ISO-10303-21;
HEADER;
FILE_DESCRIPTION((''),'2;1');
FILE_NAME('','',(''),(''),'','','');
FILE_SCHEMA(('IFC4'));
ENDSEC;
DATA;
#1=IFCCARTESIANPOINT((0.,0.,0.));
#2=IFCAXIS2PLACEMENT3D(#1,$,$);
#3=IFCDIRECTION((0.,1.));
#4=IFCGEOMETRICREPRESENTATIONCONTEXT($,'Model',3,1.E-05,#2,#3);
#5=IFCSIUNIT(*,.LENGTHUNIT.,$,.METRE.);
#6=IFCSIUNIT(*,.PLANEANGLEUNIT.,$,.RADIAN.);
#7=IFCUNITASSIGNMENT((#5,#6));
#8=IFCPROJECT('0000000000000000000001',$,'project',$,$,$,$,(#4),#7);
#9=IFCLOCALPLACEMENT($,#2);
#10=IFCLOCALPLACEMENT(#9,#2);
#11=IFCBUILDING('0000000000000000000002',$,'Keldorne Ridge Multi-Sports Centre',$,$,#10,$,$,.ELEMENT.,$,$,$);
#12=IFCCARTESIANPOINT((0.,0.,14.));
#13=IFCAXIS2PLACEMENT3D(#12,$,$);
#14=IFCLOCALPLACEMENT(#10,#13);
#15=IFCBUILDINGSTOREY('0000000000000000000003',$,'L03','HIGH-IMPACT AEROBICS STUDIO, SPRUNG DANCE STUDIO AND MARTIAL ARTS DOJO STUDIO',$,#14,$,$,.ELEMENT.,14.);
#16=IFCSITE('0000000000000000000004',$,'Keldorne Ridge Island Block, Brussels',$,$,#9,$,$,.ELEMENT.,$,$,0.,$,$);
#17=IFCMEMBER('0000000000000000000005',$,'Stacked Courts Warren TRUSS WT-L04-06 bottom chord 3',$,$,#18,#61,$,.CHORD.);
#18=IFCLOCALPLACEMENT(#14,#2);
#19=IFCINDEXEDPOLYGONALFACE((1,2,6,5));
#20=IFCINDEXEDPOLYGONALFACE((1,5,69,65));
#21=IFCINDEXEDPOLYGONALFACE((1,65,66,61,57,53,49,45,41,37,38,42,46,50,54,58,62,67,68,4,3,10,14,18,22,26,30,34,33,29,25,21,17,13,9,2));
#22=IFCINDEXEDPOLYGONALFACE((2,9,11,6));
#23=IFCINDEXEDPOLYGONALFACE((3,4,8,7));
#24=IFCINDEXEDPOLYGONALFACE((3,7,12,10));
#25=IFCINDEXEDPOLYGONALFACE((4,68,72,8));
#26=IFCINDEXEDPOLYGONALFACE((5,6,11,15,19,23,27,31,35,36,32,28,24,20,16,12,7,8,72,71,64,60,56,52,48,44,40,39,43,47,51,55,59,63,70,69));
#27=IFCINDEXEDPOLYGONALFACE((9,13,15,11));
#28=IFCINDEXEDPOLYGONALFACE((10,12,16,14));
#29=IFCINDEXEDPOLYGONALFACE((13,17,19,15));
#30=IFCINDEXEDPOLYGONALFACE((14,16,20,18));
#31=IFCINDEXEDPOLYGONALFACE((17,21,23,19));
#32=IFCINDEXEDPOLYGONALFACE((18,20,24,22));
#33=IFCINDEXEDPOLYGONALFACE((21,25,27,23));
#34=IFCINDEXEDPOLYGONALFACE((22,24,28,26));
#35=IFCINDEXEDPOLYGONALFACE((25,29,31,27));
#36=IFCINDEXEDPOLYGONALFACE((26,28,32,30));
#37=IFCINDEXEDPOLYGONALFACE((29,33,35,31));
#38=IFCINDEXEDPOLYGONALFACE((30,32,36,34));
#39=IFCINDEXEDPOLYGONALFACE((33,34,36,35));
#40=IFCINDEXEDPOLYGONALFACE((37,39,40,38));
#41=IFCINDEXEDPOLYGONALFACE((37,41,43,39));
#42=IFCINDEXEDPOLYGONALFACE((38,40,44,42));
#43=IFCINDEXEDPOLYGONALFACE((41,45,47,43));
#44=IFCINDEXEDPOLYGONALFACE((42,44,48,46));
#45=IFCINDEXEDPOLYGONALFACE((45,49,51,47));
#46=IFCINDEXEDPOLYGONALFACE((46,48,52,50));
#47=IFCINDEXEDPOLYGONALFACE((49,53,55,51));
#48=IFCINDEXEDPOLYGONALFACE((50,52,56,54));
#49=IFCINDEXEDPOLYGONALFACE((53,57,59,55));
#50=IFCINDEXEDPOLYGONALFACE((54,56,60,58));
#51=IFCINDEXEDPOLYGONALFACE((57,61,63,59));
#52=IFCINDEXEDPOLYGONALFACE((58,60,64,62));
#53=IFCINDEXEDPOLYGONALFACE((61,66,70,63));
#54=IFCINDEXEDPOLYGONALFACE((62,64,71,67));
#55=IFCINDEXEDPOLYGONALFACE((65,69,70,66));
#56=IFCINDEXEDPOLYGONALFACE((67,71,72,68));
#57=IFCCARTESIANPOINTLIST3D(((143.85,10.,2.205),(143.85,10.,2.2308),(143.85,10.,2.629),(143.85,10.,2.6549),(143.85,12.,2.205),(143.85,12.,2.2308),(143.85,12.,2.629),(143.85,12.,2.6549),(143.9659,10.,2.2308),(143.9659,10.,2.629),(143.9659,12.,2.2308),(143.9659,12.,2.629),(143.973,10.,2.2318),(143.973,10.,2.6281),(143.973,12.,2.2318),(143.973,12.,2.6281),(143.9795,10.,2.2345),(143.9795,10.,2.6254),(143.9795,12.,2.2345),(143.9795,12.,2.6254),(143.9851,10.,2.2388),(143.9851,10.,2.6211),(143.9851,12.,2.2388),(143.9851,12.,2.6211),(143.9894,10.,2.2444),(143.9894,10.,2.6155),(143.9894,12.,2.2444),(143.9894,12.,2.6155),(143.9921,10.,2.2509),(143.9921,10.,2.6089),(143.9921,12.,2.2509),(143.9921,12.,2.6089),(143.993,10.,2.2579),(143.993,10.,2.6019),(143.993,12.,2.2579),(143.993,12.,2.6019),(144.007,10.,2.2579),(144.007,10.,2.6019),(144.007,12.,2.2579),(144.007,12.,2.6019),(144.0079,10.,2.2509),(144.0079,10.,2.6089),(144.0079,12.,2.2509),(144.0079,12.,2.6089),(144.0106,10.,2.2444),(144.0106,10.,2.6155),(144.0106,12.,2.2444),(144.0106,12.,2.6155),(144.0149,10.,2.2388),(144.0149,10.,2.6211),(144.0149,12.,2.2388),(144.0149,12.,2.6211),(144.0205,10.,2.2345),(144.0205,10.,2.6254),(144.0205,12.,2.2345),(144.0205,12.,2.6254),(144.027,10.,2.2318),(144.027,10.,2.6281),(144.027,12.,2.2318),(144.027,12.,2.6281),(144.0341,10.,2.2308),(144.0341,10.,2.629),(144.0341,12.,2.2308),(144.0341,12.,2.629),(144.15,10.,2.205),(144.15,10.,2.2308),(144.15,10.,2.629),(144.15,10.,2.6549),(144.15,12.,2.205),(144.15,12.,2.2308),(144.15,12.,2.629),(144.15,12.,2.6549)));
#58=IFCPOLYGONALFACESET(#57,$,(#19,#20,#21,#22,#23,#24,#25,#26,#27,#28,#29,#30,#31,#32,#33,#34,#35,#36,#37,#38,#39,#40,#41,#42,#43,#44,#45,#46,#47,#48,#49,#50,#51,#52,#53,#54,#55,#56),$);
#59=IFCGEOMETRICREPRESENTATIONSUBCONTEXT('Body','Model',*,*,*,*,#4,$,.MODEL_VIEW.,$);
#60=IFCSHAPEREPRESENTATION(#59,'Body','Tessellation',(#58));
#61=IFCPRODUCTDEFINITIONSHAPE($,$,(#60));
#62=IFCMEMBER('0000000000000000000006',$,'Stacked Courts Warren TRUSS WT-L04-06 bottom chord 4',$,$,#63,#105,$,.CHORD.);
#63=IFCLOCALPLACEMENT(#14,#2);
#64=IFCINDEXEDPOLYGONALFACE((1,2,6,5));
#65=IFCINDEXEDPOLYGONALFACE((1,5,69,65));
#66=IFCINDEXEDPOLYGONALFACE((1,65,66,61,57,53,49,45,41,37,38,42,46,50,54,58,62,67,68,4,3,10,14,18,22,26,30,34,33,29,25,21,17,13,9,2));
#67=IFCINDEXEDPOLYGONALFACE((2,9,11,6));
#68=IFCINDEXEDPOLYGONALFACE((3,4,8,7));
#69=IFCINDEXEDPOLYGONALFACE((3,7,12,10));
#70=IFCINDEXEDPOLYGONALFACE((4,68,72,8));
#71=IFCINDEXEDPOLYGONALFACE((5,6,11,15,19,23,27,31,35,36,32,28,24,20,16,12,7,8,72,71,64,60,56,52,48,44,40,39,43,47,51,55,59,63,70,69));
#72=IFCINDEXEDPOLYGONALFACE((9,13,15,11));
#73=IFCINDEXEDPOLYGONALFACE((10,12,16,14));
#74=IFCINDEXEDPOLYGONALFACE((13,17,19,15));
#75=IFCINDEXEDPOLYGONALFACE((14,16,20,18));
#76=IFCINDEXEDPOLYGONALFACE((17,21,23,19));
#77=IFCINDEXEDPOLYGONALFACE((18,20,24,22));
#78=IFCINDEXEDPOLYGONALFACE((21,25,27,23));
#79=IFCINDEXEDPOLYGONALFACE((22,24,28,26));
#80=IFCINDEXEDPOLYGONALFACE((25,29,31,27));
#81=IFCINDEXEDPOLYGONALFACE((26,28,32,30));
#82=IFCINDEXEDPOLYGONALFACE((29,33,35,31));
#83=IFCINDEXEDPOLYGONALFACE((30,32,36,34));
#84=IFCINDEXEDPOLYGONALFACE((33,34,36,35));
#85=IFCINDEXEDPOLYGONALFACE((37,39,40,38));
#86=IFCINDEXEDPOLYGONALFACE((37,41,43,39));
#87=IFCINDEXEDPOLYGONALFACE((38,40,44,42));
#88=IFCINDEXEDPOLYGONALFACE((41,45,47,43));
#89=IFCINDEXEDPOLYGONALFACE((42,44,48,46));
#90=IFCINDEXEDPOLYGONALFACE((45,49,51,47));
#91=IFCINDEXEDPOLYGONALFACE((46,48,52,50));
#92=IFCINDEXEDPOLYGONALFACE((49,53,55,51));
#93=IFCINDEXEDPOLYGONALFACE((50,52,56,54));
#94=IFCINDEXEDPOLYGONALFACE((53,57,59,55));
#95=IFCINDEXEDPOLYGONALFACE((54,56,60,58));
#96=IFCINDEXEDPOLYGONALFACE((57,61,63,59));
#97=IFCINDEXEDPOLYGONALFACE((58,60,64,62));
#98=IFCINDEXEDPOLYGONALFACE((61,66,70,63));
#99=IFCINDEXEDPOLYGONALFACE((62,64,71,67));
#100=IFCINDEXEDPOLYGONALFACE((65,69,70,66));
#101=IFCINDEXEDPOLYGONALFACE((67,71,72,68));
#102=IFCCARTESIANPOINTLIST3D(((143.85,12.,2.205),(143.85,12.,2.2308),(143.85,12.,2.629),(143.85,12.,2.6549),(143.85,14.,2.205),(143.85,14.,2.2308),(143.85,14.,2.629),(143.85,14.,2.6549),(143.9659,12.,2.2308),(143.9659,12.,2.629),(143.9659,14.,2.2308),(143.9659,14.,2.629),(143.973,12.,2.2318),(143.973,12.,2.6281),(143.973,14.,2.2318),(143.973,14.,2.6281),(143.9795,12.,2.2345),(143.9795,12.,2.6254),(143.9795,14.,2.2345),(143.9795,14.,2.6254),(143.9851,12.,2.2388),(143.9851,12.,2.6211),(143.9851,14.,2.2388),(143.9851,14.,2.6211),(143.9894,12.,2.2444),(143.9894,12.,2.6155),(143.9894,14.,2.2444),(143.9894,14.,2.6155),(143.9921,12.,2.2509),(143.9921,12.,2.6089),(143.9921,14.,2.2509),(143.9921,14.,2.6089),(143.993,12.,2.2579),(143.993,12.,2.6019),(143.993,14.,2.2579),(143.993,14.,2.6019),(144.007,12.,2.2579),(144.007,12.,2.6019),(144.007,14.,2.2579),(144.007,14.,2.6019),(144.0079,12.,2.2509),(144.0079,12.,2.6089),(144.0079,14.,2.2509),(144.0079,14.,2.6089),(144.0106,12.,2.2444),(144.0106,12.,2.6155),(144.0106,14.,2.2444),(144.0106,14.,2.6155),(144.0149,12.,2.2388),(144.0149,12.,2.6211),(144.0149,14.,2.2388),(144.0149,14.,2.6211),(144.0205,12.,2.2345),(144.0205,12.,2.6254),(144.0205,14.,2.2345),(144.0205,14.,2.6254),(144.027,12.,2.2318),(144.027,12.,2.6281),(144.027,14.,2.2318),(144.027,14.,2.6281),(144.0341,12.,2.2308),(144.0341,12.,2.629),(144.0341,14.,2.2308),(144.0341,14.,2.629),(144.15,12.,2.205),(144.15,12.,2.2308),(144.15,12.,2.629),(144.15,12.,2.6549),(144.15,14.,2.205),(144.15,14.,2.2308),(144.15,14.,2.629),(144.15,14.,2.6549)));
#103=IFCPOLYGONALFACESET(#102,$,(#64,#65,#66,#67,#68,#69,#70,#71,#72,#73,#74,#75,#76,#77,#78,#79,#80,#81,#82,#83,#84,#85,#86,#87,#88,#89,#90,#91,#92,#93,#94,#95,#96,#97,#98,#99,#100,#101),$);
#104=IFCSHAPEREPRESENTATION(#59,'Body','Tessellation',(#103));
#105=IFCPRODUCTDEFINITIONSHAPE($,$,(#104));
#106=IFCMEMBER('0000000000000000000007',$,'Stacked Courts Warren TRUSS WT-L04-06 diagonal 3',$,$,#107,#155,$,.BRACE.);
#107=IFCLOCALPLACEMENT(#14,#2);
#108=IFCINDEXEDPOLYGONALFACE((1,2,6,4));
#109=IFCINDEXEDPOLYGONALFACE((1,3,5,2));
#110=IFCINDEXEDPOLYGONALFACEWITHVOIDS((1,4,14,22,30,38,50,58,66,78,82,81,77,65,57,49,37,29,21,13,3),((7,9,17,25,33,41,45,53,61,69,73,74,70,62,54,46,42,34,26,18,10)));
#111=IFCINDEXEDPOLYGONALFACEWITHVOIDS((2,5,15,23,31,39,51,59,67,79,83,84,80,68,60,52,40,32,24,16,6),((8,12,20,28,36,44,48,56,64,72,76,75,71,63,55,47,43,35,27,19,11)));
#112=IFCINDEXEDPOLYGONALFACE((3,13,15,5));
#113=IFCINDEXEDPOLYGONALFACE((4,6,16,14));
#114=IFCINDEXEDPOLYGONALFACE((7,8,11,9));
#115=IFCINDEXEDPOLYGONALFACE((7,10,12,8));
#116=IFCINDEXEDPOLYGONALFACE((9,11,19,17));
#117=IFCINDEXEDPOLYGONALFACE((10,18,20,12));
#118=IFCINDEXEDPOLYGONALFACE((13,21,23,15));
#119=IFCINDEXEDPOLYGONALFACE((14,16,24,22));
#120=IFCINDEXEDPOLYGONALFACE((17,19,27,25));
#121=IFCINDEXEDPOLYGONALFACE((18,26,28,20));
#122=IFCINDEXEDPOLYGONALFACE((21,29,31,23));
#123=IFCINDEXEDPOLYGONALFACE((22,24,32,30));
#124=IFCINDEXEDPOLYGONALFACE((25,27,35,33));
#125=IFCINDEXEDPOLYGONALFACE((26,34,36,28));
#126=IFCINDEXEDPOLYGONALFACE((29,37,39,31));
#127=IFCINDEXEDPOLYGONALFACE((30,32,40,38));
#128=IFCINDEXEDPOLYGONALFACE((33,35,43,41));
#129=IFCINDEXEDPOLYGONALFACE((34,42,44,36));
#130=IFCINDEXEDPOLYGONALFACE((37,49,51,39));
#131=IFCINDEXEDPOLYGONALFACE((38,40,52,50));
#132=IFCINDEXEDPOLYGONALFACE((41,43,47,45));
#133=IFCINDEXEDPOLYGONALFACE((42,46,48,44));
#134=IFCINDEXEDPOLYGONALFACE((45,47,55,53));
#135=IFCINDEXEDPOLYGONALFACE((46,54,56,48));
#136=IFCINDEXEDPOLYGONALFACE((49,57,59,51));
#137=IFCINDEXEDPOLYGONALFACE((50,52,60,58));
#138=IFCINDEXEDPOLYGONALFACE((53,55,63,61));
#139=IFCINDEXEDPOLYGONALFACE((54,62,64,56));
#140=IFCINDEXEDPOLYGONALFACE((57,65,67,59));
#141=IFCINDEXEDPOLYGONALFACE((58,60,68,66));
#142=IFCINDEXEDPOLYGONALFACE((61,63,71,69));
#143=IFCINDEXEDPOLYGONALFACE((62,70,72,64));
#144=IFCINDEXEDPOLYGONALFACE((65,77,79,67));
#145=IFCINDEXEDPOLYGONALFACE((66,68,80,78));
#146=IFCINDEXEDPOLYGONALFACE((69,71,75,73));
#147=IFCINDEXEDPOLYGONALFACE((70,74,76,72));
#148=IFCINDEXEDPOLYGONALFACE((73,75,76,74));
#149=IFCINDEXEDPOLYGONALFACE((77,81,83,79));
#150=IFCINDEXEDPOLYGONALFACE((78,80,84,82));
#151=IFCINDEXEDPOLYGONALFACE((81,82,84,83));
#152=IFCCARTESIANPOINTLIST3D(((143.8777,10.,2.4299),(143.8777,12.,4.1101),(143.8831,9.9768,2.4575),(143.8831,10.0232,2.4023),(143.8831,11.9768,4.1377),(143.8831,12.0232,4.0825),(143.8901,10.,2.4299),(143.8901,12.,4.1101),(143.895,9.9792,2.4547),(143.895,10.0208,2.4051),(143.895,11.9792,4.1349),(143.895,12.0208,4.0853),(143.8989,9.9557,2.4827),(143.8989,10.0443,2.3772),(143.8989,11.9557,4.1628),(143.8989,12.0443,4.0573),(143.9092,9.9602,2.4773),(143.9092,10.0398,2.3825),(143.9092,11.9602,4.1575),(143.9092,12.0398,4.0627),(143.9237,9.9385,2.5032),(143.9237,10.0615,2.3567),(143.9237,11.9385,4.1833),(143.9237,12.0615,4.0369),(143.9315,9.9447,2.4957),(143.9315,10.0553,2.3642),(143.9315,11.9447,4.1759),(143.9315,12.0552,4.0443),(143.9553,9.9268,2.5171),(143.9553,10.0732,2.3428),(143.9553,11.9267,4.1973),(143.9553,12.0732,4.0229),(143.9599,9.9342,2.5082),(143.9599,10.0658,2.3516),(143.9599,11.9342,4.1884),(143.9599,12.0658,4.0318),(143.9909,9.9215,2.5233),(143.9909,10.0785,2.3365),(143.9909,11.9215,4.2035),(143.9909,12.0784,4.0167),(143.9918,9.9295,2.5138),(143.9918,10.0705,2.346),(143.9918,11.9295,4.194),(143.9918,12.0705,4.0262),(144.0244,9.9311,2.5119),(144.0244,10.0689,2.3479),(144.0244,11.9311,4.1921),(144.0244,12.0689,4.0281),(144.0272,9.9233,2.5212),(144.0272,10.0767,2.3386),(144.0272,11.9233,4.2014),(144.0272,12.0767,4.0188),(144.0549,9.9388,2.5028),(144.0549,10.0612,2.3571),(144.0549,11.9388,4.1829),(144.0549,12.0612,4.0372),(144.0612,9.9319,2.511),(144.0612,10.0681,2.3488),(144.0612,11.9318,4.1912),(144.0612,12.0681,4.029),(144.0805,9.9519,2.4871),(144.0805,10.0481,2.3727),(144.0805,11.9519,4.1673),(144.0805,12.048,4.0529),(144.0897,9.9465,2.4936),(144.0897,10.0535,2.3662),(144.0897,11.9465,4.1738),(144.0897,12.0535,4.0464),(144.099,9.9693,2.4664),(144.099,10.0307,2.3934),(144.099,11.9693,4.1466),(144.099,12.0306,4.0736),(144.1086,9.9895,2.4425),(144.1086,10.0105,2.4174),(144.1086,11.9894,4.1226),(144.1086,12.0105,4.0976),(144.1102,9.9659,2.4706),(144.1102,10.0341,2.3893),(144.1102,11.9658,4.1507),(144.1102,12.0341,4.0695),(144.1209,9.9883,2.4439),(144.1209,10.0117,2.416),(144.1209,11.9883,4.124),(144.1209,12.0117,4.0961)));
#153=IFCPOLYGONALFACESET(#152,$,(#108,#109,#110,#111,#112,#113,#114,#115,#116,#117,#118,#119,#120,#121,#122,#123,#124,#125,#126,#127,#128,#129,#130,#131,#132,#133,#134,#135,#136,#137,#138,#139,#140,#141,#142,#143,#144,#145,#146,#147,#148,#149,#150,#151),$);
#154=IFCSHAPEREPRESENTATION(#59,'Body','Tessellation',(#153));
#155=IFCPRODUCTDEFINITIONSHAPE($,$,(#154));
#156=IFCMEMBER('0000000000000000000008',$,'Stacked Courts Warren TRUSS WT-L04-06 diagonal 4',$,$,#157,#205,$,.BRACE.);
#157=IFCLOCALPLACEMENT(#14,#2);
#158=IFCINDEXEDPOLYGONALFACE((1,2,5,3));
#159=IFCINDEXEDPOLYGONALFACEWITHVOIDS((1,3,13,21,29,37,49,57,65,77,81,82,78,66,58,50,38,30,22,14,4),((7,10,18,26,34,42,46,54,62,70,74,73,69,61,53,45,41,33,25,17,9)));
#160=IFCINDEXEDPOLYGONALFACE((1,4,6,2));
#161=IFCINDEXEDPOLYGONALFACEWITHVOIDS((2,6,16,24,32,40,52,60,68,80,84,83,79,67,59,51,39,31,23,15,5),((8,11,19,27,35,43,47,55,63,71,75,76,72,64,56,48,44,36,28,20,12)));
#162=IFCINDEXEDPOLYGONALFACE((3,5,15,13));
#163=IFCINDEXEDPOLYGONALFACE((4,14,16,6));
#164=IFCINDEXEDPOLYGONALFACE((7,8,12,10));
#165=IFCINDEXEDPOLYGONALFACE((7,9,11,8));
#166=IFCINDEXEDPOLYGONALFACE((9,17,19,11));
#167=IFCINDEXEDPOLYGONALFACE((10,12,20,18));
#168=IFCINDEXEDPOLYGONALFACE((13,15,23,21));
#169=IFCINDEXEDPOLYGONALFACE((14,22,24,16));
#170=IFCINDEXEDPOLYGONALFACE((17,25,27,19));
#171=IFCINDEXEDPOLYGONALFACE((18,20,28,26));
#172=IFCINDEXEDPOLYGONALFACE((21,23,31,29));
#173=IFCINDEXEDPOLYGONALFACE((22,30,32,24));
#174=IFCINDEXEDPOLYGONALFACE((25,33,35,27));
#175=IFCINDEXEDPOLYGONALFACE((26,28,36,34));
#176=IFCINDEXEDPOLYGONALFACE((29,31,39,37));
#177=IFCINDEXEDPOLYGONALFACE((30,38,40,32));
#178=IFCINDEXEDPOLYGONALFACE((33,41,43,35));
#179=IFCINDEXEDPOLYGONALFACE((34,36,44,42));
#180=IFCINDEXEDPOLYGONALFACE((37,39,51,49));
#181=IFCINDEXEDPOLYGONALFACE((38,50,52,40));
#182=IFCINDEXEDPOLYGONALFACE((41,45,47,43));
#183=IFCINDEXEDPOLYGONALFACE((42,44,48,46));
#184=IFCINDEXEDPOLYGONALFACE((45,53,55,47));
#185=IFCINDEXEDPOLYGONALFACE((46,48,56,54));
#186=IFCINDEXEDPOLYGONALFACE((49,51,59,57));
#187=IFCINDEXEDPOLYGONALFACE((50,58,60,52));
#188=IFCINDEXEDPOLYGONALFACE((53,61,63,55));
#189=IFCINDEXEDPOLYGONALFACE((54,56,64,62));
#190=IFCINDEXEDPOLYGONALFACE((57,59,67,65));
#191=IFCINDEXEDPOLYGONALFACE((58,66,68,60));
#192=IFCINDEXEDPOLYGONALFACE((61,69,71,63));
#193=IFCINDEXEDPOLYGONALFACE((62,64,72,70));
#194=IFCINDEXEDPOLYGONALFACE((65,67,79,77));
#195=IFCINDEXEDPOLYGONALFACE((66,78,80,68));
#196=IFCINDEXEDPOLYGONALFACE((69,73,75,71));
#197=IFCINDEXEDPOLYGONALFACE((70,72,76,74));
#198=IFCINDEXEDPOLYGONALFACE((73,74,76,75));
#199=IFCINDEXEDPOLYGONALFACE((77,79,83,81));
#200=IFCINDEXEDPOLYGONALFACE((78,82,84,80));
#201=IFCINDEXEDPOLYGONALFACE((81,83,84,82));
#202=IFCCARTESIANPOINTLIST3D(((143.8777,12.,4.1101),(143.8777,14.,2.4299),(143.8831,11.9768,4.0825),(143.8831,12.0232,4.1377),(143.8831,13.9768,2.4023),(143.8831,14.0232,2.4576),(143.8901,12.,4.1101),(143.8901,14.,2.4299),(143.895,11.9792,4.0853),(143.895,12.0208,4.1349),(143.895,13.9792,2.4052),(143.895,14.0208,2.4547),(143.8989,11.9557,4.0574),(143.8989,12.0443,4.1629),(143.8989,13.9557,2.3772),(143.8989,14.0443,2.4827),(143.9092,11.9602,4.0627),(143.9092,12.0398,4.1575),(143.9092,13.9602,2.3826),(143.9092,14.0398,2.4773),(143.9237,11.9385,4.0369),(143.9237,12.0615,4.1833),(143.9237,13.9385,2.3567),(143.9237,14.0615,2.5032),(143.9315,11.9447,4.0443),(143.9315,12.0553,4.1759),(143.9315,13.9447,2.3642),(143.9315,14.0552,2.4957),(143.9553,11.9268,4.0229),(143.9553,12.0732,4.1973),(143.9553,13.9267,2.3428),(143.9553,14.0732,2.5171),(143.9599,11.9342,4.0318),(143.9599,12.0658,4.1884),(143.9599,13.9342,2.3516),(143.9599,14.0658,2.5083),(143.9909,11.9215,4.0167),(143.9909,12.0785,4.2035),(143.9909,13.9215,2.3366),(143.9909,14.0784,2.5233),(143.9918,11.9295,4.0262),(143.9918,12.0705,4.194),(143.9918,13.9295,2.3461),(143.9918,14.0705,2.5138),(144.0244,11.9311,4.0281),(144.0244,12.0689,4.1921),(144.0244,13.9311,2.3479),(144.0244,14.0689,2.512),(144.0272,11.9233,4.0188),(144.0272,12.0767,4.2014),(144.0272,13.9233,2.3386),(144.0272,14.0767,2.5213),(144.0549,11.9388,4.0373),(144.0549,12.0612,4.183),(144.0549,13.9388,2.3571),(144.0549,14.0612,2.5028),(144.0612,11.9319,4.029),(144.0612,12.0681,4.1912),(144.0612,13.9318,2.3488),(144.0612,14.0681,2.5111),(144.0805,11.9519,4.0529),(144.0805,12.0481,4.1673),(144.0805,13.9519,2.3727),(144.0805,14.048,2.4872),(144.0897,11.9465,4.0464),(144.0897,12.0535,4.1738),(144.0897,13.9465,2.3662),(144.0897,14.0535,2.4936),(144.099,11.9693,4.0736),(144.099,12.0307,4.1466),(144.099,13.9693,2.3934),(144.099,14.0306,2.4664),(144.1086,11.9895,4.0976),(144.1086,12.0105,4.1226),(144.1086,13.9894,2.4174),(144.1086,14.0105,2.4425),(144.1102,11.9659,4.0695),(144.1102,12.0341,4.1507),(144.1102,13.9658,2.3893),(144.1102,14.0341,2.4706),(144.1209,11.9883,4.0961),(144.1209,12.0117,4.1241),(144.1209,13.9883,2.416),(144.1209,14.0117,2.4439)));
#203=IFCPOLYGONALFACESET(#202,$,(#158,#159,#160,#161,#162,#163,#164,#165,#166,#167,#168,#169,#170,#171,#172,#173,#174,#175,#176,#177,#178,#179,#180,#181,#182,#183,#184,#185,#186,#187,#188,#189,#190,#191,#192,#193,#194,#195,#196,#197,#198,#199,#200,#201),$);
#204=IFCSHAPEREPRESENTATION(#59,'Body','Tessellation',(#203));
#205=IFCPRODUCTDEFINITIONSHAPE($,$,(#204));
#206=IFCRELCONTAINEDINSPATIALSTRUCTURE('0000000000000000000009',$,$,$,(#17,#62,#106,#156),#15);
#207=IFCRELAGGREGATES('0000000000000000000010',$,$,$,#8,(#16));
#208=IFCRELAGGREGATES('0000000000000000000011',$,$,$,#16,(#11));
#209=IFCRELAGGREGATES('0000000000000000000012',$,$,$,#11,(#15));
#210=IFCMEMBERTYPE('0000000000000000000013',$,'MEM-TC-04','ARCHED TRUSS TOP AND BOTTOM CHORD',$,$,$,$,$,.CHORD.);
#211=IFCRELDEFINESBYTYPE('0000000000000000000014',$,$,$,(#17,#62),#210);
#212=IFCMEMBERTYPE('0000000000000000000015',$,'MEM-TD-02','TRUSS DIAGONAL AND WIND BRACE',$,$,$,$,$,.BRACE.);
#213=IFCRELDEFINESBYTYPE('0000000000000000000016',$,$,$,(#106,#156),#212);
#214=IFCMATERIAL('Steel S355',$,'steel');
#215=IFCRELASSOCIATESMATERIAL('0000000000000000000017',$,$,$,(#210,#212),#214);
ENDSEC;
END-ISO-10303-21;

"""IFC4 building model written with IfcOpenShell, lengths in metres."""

from ifc_helpers import new_model, si_unit, direction, frame, origin, origin_2d, place, context, subcontext, project, spatial, hollow_circle, i_section, extrude, material, material_profile, profile_set, type_object, element, save


model = new_model("IFC4")

# Units and contexts
model_context = context("Model", 3, precision=1e-05, world=origin(), true_north=direction((0.0, 1.0)))
body_context = subcontext(model_context, "Body", "Model", "MODEL_VIEW")
ifc_project = project(units=[si_unit("LENGTHUNIT", "METRE"), si_unit("PLANEANGLEUNIT", "RADIAN")], contexts=[model_context])

# Site, building, storey
site_placement = place(None, origin())
site = spatial("IfcSite", under=ifc_project, at=site_placement, Name="Keldorne Ridge Island Block, Brussels", CompositionType="ELEMENT", RefElevation=0.0)
building_placement = place(site_placement, origin())
building = spatial("IfcBuilding", under=site, at=building_placement, Name="Keldorne Ridge Multi-Sports Centre", CompositionType="ELEMENT")
storey_placement = place(building_placement, frame((0.0, 0.0, 14.0)))
storey = spatial("IfcBuildingStorey", under=building, at=storey_placement, Name="L03", Description="HIGH-IMPACT AEROBICS STUDIO, SPRUNG DANCE STUDIO AND MARTIAL ARTS DOJO STUDIO", CompositionType="ELEMENT", Elevation=14.0)

# Members
ifc_material_1 = material(Name="Steel S355", Category="steel")
ifc_material_profile_1 = material_profile(ifc_material_1, i_section(OverallWidth=0.3, OverallDepth=0.45, WebThickness=0.0139, FlangeThickness=0.0259, FilletRadius=0.0271, at=origin_2d()), Name="HEB 450")
ifc_profile_set_1 = profile_set([ifc_material_profile_1], Name="Steel S355")
member_type_1 = type_object("IfcMemberType", Name="MEM-TC-04", Description="ARCHED TRUSS TOP AND BOTTOM CHORD", PredefinedType="CHORD", material=ifc_profile_set_1)
for number, where, z_axis, x_axis, name in (
    (1, (144.0, 10.0, 2.4299), (0.0, 1.0, 0.0), (-1.0, 0.0, 0.0), "Stacked Courts Warren TRUSS WT-L04-06 bottom chord 3"),
    (2, (144.0, 12.0, 2.4299), (0.0, 1.0, 0.0), (-1.0, 0.0, 0.0), "Stacked Courts Warren TRUSS WT-L04-06 bottom chord 4"),
):
    element("IfcMember", number, at=place(storey_placement, frame(where, z_axis=z_axis, x_axis=x_axis)), inside=storey, type_object=member_type_1, Name=name, PredefinedType="CHORD", context=body_context, shape_type="SweptSolid", body=[
        extrude(i_section(OverallWidth=0.3, OverallDepth=0.45, WebThickness=0.0139, FlangeThickness=0.0259, FilletRadius=0.0271, at=origin_2d()), origin(), (0.0, 0.0, 1.0), 2.0),
    ])
ifc_material_profile_2 = material_profile(ifc_material_1, hollow_circle(Radius=0.1223, WallThickness=0.0125, at=origin_2d()), Name="CHS 244.5x12.5")
ifc_profile_set_2 = profile_set([ifc_material_profile_2], Name="Steel S355")
member_type_2 = type_object("IfcMemberType", Name="MEM-TD-02", Description="TRUSS DIAGONAL AND WIND BRACE", PredefinedType="BRACE", material=ifc_profile_set_2)
for number, where, z_axis, x_axis, name in (
    (3, (144.0, 10.0, 2.4299), (0.0, 0.765672, 0.643232), (-1.0, 0.0, 0.0), "Stacked Courts Warren TRUSS WT-L04-06 diagonal 3"),
    (4, (144.0, 12.0, 4.1101), (0.0, 0.765672, -0.643232), (-1.0, 0.0, 0.0), "Stacked Courts Warren TRUSS WT-L04-06 diagonal 4"),
):
    element("IfcMember", number, at=place(storey_placement, frame(where, z_axis=z_axis, x_axis=x_axis)), inside=storey, type_object=member_type_2, Name=name, PredefinedType="BRACE", context=body_context, shape_type="SweptSolid", body=[
        extrude(hollow_circle(Radius=0.1223, WallThickness=0.0125, at=origin_2d()), origin(), (0.0, 0.0, 1.0), 2.6121),
    ])

save(model, "model.ifc")
